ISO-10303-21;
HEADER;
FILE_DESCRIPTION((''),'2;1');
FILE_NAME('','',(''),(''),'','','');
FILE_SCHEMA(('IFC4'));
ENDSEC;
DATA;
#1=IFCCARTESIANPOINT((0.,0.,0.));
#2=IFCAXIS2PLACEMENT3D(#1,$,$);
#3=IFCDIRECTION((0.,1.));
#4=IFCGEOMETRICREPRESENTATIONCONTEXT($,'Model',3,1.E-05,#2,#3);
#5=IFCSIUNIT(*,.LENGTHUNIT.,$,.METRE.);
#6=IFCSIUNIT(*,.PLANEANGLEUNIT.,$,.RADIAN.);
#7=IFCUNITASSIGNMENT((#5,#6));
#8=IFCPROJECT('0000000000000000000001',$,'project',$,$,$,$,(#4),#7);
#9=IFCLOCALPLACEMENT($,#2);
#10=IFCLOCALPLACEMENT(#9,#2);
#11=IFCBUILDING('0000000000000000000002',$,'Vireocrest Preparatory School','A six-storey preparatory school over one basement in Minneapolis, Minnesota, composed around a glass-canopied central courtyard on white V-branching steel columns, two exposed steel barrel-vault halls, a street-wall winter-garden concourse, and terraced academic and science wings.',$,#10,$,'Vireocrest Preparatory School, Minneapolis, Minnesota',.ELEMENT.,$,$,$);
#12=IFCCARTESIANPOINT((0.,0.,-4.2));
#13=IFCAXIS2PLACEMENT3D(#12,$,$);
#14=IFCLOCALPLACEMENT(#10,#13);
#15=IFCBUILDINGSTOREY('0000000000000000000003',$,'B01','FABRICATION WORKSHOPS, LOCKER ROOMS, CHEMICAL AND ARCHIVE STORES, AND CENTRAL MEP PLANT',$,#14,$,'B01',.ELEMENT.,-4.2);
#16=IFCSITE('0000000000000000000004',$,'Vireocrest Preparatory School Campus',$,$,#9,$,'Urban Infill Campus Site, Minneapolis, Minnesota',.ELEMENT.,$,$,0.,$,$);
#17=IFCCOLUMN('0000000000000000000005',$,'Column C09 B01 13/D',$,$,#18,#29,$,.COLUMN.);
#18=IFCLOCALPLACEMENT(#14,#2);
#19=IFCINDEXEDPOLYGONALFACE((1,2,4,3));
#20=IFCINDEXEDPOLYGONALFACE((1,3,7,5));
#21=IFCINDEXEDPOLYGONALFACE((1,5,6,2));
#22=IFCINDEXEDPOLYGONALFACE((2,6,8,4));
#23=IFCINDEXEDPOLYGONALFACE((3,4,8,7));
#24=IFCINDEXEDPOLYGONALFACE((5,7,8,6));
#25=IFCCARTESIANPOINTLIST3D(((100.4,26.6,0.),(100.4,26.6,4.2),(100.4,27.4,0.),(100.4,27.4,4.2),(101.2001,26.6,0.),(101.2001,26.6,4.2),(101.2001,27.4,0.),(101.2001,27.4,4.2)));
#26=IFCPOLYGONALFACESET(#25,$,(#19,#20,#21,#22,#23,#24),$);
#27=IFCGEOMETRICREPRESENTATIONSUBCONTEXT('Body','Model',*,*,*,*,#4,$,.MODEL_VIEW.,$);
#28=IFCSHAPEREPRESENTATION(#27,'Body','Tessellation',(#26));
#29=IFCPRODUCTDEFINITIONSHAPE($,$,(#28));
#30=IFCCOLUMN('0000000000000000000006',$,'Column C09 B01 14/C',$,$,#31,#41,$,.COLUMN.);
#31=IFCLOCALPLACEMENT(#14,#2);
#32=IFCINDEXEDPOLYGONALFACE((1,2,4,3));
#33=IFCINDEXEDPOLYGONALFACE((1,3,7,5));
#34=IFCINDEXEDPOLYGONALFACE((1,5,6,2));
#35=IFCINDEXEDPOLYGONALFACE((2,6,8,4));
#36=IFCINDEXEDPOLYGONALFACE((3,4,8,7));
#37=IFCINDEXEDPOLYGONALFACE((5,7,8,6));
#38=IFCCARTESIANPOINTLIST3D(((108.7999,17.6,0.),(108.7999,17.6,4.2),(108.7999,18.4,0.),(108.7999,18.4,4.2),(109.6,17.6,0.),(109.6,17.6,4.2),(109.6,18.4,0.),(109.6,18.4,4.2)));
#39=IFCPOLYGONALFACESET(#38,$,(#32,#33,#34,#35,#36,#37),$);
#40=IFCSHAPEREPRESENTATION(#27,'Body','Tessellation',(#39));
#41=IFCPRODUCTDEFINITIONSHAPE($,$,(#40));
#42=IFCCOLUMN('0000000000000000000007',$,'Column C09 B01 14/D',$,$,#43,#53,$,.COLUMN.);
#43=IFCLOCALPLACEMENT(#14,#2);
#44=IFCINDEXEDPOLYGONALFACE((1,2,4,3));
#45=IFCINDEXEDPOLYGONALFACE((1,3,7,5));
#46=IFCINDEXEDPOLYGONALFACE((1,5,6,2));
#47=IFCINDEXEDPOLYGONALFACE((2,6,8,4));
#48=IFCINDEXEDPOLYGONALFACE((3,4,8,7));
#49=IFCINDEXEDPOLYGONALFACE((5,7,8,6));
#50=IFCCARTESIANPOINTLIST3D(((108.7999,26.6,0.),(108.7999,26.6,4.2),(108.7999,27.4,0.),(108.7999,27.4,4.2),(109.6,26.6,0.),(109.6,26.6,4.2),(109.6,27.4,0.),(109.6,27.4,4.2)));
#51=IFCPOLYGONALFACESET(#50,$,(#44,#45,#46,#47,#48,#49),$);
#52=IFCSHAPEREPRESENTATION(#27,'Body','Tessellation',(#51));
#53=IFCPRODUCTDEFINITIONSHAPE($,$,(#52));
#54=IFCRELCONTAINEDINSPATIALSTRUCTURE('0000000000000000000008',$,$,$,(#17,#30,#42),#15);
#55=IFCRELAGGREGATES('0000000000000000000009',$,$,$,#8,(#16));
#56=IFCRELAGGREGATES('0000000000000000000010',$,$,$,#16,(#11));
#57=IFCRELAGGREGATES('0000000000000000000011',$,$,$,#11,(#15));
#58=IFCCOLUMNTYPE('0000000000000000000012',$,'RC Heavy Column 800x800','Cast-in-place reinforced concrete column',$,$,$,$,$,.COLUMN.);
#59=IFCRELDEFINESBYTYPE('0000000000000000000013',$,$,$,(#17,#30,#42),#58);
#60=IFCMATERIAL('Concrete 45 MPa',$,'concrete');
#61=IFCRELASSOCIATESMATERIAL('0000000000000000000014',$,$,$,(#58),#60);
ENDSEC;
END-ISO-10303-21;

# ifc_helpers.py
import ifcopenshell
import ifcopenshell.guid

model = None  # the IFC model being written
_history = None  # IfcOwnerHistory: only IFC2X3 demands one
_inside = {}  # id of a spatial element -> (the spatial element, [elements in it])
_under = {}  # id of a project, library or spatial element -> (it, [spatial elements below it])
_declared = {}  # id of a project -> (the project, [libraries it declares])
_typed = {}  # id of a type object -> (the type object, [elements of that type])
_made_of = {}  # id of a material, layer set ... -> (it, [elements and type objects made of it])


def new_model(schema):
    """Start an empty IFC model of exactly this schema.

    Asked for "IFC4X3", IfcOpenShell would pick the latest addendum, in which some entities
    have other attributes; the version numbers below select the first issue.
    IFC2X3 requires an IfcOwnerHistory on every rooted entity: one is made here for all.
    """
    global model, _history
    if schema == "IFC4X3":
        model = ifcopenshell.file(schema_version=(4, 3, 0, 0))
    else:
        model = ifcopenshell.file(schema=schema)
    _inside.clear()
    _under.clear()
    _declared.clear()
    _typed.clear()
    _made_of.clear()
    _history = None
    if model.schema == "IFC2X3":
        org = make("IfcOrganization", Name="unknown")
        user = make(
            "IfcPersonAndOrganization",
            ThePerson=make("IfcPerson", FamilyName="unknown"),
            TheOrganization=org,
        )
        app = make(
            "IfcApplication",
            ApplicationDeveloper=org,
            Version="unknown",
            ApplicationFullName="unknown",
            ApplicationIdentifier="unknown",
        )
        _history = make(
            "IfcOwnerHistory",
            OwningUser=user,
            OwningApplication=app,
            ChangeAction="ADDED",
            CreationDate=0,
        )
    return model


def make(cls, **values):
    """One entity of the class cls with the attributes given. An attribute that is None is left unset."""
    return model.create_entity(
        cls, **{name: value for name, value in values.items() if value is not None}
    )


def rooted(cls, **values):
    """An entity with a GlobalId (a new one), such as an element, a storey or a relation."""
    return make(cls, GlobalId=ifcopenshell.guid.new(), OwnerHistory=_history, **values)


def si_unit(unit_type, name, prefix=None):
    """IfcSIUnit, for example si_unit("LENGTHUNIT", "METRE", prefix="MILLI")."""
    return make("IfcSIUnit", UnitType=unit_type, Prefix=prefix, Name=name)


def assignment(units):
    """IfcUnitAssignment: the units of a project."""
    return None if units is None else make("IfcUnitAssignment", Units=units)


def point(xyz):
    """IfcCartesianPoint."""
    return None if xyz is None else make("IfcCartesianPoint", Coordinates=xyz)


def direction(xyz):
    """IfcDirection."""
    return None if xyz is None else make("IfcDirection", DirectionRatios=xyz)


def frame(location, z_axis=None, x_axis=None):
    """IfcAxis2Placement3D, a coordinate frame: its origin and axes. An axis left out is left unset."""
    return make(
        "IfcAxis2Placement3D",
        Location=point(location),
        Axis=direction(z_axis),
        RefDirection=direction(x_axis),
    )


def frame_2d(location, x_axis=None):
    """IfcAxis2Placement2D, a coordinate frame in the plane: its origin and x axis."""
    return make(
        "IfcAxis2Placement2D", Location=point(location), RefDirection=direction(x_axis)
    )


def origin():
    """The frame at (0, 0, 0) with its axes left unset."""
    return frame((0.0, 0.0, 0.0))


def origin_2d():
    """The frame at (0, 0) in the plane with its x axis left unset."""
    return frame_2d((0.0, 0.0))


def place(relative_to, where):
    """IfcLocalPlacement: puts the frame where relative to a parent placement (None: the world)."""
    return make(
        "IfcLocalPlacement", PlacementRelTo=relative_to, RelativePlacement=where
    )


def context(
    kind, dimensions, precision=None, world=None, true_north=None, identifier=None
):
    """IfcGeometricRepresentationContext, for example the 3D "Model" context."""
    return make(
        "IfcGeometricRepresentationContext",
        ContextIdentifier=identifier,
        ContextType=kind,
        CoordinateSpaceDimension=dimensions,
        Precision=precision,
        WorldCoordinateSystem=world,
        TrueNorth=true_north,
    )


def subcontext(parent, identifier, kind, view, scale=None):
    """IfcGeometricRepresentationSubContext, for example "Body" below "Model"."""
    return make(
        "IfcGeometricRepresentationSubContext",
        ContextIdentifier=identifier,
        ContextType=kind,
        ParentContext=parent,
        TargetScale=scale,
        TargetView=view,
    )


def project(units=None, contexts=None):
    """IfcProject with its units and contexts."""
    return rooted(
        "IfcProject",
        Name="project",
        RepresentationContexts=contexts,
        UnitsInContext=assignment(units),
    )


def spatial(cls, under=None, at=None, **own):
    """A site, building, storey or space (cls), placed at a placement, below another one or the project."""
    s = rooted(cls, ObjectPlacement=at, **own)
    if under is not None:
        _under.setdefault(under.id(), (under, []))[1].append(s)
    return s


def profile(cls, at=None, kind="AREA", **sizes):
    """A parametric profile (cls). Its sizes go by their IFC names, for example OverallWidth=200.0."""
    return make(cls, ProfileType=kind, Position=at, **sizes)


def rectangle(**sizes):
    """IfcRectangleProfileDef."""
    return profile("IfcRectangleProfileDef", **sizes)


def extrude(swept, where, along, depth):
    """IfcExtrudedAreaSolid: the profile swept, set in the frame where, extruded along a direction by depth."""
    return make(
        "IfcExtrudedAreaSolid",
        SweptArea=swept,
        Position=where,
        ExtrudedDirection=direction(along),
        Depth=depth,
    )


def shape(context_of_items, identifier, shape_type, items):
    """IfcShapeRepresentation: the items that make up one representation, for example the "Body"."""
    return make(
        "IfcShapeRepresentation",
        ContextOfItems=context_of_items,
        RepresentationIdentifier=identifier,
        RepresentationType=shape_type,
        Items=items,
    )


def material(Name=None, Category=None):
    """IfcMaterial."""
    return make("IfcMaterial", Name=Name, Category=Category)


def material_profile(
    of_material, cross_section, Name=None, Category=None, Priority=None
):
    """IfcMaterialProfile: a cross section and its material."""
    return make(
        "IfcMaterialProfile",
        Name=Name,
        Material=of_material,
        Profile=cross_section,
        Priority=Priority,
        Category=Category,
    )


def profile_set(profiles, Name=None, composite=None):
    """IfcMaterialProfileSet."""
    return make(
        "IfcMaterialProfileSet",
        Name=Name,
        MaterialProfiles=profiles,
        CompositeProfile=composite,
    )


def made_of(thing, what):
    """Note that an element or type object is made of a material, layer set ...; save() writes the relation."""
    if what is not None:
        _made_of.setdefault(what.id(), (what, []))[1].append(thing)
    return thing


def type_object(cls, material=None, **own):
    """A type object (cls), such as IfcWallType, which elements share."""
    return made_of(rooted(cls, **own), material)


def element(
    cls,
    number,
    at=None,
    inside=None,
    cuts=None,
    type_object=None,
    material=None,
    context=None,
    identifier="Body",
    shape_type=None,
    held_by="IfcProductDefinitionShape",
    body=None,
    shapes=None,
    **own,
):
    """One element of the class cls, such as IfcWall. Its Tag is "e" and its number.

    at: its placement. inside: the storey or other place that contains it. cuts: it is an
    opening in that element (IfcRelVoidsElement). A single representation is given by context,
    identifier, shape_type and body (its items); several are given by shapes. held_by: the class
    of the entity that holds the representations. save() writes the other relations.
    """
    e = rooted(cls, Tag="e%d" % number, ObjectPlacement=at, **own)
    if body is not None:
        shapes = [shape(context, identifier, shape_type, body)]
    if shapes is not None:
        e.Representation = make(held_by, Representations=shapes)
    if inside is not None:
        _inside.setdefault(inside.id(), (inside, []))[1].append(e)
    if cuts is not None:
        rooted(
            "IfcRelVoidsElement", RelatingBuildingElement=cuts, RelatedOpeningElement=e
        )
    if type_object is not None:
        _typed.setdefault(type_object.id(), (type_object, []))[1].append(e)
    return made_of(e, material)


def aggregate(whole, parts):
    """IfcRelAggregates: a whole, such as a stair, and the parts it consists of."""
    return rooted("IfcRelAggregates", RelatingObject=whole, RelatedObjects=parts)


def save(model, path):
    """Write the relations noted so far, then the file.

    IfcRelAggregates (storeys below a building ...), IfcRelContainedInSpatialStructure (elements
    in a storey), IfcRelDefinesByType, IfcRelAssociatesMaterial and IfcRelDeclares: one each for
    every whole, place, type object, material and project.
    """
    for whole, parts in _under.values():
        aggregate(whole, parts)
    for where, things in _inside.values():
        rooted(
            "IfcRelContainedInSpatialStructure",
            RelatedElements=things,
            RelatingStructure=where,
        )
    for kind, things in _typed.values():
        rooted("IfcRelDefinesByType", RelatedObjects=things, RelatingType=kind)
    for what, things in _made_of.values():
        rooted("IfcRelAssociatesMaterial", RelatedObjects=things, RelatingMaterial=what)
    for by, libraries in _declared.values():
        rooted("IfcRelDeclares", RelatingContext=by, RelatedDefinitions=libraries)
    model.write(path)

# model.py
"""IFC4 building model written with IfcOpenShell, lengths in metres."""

from ifc_helpers import new_model, si_unit, direction, frame, origin, origin_2d, place, context, subcontext, project, spatial, rectangle, extrude, material, material_profile, profile_set, type_object, element, save


model = new_model("IFC4")

# Units and contexts
model_context = context("Model", 3, precision=1e-05, world=origin(), true_north=direction((0.0, 1.0)))
body_context = subcontext(model_context, "Body", "Model", "MODEL_VIEW")
ifc_project = project(units=[si_unit("LENGTHUNIT", "METRE"), si_unit("PLANEANGLEUNIT", "RADIAN")], contexts=[model_context])

# Site, building, storey
site_placement = place(None, origin())
site = spatial("IfcSite", under=ifc_project, at=site_placement, Name="Vireocrest Preparatory School Campus", LongName="Urban Infill Campus Site, Minneapolis, Minnesota", CompositionType="ELEMENT", RefElevation=0.0)
building_placement = place(site_placement, origin())
building = spatial("IfcBuilding", under=site, at=building_placement, Name="Vireocrest Preparatory School", Description="A six-storey preparatory school over one basement in Minneapolis, Minnesota, composed around a glass-canopied central courtyard on white V-branching steel columns, two exposed steel barrel-vault halls, a street-wall winter-garden concourse, and terraced academic and science wings.", LongName="Vireocrest Preparatory School, Minneapolis, Minnesota", CompositionType="ELEMENT")
storey_placement = place(building_placement, frame((0.0, 0.0, -4.2)))
storey = spatial("IfcBuildingStorey", under=building, at=storey_placement, Name="B01", Description="FABRICATION WORKSHOPS, LOCKER ROOMS, CHEMICAL AND ARCHIVE STORES, AND CENTRAL MEP PLANT", LongName="B01", CompositionType="ELEMENT", Elevation=-4.2)

# Columns
ifc_material_1 = material(Name="Concrete 45 MPa", Category="concrete")
ifc_material_profile_1 = material_profile(ifc_material_1, rectangle(XDim=0.8, YDim=0.8, at=origin_2d()), Name="RC 800x800")
ifc_profile_set_1 = profile_set([ifc_material_profile_1], Name="Concrete 45 MPa")
column_type = type_object("IfcColumnType", Name="RC Heavy Column 800x800", Description="Cast-in-place reinforced concrete column", PredefinedType="COLUMN", material=ifc_profile_set_1)
for number, where, z_axis, x_axis, name in (
    (1, (100.8, 27.0, 0.0), (0.0, 0.0, 1.0), (1.0, 0.0, 0.0), "Column C09 B01 13/D"),
    (2, (109.2, 18.0, 0.0), (0.0, 0.0, 1.0), (1.0, 0.0, 0.0), "Column C09 B01 14/C"),
    (3, (109.2, 27.0, 0.0), (0.0, 0.0, 1.0), (1.0, 0.0, 0.0), "Column C09 B01 14/D"),
):
    element("IfcColumn", number, at=place(storey_placement, frame(where, z_axis=z_axis, x_axis=x_axis)), inside=storey, type_object=column_type, Name=name, PredefinedType="COLUMN", context=body_context, shape_type="SweptSolid", body=[
        extrude(rectangle(XDim=0.8, YDim=0.8, at=origin_2d()), origin(), (0.0, 0.0, 1.0), 4.2),
    ])

save(model, "model.ifc")
